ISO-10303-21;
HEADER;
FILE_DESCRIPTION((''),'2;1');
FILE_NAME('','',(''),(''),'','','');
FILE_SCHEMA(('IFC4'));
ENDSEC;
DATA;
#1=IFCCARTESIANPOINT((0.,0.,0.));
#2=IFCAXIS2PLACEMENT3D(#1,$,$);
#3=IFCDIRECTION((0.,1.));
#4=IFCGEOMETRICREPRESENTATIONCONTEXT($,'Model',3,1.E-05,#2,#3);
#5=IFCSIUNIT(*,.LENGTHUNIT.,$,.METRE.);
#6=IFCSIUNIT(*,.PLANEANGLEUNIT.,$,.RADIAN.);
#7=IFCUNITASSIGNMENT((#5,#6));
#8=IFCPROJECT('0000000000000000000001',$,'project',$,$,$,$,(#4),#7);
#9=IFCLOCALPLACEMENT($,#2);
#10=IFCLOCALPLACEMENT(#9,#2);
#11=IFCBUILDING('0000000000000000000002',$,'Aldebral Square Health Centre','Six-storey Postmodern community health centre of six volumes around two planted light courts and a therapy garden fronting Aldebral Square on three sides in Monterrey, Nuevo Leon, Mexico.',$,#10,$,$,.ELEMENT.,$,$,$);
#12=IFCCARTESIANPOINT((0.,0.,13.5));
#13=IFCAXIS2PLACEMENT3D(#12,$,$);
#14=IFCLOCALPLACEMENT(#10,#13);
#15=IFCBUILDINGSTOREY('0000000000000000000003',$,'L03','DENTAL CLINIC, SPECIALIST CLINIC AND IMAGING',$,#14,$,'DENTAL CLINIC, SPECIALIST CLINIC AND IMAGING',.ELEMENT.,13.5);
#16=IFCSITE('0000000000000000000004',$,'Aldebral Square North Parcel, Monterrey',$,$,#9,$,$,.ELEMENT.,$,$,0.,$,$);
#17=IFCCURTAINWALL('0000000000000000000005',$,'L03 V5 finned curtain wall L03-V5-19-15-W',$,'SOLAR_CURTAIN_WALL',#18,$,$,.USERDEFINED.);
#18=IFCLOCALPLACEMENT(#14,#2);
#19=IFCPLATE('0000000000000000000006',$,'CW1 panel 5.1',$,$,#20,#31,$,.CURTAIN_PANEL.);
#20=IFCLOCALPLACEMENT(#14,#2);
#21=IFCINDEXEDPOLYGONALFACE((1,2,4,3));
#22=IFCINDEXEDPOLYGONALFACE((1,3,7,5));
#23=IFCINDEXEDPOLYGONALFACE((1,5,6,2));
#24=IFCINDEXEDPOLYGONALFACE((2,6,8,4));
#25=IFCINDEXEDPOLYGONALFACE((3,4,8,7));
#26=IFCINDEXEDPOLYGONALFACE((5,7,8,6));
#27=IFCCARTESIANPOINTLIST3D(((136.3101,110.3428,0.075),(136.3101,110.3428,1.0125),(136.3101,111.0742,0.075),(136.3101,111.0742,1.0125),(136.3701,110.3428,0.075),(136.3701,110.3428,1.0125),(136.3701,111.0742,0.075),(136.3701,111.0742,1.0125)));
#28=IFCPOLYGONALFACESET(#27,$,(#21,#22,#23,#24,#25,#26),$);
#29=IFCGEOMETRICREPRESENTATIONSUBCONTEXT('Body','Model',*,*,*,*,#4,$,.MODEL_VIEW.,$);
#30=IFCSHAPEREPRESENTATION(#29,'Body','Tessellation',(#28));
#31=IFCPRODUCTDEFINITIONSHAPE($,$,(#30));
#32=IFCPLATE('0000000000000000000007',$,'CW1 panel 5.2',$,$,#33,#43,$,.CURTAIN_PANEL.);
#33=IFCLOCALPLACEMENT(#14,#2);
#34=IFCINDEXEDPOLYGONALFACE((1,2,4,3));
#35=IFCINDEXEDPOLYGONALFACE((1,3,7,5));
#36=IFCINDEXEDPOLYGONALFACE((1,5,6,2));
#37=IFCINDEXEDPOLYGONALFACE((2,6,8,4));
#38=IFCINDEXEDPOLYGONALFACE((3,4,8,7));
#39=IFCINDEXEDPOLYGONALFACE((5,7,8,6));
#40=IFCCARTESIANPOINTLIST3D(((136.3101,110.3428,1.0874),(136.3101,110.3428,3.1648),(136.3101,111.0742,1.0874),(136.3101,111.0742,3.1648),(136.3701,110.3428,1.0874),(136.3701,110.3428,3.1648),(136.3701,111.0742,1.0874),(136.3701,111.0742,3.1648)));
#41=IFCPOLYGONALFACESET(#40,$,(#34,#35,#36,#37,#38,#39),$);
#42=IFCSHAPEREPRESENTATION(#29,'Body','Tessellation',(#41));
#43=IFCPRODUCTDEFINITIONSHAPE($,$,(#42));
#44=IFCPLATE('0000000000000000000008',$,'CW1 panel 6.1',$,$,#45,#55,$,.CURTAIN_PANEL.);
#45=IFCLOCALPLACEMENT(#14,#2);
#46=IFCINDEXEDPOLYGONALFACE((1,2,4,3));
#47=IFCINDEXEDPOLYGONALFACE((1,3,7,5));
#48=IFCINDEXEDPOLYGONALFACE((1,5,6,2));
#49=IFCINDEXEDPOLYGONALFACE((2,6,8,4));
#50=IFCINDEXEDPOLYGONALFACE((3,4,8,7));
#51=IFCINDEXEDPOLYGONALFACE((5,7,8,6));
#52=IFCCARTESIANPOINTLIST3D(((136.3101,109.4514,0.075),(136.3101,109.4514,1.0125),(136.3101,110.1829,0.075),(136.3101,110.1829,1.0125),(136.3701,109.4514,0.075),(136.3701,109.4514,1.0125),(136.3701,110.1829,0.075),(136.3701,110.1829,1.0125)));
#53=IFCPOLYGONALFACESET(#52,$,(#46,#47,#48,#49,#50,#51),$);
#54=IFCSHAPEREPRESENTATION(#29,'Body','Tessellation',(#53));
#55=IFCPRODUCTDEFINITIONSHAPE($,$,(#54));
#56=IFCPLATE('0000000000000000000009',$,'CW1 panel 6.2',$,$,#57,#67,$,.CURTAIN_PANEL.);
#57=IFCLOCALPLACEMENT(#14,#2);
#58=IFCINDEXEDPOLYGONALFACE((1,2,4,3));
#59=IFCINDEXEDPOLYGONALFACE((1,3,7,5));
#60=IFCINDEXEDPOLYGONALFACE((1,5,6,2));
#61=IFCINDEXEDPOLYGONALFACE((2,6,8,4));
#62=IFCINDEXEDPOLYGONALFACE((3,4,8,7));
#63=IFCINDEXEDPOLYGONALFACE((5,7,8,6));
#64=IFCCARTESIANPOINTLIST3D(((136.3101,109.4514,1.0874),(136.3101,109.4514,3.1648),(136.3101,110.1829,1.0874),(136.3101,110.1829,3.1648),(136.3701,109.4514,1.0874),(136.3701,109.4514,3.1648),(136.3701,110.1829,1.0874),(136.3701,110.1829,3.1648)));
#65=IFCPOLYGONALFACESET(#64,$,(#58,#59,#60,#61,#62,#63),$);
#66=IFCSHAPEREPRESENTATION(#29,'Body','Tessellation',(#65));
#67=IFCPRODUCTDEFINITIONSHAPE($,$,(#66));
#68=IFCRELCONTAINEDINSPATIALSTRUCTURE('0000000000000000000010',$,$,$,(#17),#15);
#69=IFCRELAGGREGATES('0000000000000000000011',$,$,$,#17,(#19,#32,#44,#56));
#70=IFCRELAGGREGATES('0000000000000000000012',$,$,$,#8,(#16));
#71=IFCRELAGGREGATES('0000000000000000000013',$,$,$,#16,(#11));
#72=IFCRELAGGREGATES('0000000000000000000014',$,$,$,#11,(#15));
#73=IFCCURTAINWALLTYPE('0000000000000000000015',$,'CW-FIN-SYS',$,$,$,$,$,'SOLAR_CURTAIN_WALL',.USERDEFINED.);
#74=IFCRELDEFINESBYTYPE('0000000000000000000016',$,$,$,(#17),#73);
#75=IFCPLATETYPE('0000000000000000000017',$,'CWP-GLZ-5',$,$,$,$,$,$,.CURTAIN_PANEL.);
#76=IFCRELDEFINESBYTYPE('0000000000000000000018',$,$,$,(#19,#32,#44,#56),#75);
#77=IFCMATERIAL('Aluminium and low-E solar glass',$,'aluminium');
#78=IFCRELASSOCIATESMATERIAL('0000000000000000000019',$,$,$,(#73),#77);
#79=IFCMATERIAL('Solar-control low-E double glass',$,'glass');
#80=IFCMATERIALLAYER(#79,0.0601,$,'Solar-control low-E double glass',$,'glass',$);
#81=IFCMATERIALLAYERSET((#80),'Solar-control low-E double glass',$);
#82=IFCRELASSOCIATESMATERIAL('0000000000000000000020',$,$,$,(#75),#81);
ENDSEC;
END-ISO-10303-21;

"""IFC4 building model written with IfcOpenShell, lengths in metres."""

from ifc_helpers import new_model, si_unit, direction, frame, origin, origin_2d, place, context, subcontext, project, spatial, rectangle, extrude, material, layer, layer_set, type_object, element, aggregate, save


model = new_model("IFC4")

# Units and contexts
model_context = context("Model", 3, precision=1e-05, world=origin(), true_north=direction((0.0, 1.0)))
body_context = subcontext(model_context, "Body", "Model", "MODEL_VIEW")
ifc_project = project(units=[si_unit("LENGTHUNIT", "METRE"), si_unit("PLANEANGLEUNIT", "RADIAN")], contexts=[model_context])

# Site, building, storey
site_placement = place(None, origin())
site = spatial("IfcSite", under=ifc_project, at=site_placement, Name="Aldebral Square North Parcel, Monterrey", CompositionType="ELEMENT", RefElevation=0.0)
building_placement = place(site_placement, origin())
building = spatial("IfcBuilding", under=site, at=building_placement, Name="Aldebral Square Health Centre", Description="Six-storey Postmodern community health centre of six volumes around two planted light courts and a therapy garden fronting Aldebral Square on three sides in Monterrey, Nuevo Leon, Mexico.", CompositionType="ELEMENT")
storey_placement = place(building_placement, frame((0.0, 0.0, 13.5)))
storey = spatial("IfcBuildingStorey", under=building, at=storey_placement, Name="L03", Description="DENTAL CLINIC, SPECIALIST CLINIC AND IMAGING", LongName="DENTAL CLINIC, SPECIALIST CLINIC AND IMAGING", CompositionType="ELEMENT", Elevation=13.5)

# Curtain wall, plates
ifc_material_1 = material(Name="Aluminium and low-E solar glass", Category="aluminium")
curtain_wall_type = type_object("IfcCurtainWallType", Name="CW-FIN-SYS", ElementType="SOLAR_CURTAIN_WALL", PredefinedType="USERDEFINED", material=ifc_material_1)
curtain_wall_placement = place(storey_placement, origin())
curtain_wall = element("IfcCurtainWall", 1, at=curtain_wall_placement, inside=storey, type_object=curtain_wall_type, Name="L03 V5 finned curtain wall L03-V5-19-15-W", ObjectType="SOLAR_CURTAIN_WALL", PredefinedType="USERDEFINED")
ifc_material_2 = material(Name="Solar-control low-E double glass", Category="glass")
ifc_layer = layer(ifc_material_2, 0.0601, Name="Solar-control low-E double glass", Category="glass")
ifc_layer_set = layer_set([ifc_layer], Name="Solar-control low-E double glass")
plate_type = type_object("IfcPlateType", Name="CWP-GLZ-5", PredefinedType="CURTAIN_PANEL", material=ifc_layer_set)
plate_1_placement = place(storey_placement, frame((136.3401, 110.7085, 0.075), z_axis=(0.0, 0.0, 1.0), x_axis=(0.0, -1.0, 0.0)))
plate_1 = element("IfcPlate", 2, at=plate_1_placement, type_object=plate_type, Name="CW1 panel 5.1", PredefinedType="CURTAIN_PANEL", context=body_context, shape_type="SweptSolid", body=[
    extrude(rectangle(XDim=0.7314, YDim=0.0601, at=origin_2d()), origin(), (0.0, 0.0, 1.0), 0.9375),
])
plate_2_placement = place(storey_placement, frame((136.3401, 110.7085, 1.0874), z_axis=(0.0, 0.0, 1.0), x_axis=(0.0, -1.0, 0.0)))
plate_2 = element("IfcPlate", 3, at=plate_2_placement, type_object=plate_type, Name="CW1 panel 5.2", PredefinedType="CURTAIN_PANEL", context=body_context, shape_type="SweptSolid", body=[
    extrude(rectangle(XDim=0.7314, YDim=0.0601, at=origin_2d()), origin(), (0.0, 0.0, 1.0), 2.0774),
])
plate_3_placement = place(storey_placement, frame((136.3401, 109.8171, 0.075), z_axis=(0.0, 0.0, 1.0), x_axis=(0.0, -1.0, 0.0)))
plate_3 = element("IfcPlate", 4, at=plate_3_placement, type_object=plate_type, Name="CW1 panel 6.1", PredefinedType="CURTAIN_PANEL", context=body_context, shape_type="SweptSolid", body=[
    extrude(rectangle(XDim=0.7314, YDim=0.0601, at=origin_2d()), origin(), (0.0, 0.0, 1.0), 0.9375),
])
plate_4_placement = place(storey_placement, frame((136.3401, 109.8171, 1.0874), z_axis=(0.0, 0.0, 1.0), x_axis=(0.0, -1.0, 0.0)))
plate_4 = element("IfcPlate", 5, at=plate_4_placement, type_object=plate_type, Name="CW1 panel 6.2", PredefinedType="CURTAIN_PANEL", context=body_context, shape_type="SweptSolid", body=[
    extrude(rectangle(XDim=0.7314, YDim=0.0601, at=origin_2d()), origin(), (0.0, 0.0, 1.0), 2.0774),
])
aggregate(curtain_wall, [plate_1, plate_2, plate_3, plate_4])

save(model, "model.ifc")
